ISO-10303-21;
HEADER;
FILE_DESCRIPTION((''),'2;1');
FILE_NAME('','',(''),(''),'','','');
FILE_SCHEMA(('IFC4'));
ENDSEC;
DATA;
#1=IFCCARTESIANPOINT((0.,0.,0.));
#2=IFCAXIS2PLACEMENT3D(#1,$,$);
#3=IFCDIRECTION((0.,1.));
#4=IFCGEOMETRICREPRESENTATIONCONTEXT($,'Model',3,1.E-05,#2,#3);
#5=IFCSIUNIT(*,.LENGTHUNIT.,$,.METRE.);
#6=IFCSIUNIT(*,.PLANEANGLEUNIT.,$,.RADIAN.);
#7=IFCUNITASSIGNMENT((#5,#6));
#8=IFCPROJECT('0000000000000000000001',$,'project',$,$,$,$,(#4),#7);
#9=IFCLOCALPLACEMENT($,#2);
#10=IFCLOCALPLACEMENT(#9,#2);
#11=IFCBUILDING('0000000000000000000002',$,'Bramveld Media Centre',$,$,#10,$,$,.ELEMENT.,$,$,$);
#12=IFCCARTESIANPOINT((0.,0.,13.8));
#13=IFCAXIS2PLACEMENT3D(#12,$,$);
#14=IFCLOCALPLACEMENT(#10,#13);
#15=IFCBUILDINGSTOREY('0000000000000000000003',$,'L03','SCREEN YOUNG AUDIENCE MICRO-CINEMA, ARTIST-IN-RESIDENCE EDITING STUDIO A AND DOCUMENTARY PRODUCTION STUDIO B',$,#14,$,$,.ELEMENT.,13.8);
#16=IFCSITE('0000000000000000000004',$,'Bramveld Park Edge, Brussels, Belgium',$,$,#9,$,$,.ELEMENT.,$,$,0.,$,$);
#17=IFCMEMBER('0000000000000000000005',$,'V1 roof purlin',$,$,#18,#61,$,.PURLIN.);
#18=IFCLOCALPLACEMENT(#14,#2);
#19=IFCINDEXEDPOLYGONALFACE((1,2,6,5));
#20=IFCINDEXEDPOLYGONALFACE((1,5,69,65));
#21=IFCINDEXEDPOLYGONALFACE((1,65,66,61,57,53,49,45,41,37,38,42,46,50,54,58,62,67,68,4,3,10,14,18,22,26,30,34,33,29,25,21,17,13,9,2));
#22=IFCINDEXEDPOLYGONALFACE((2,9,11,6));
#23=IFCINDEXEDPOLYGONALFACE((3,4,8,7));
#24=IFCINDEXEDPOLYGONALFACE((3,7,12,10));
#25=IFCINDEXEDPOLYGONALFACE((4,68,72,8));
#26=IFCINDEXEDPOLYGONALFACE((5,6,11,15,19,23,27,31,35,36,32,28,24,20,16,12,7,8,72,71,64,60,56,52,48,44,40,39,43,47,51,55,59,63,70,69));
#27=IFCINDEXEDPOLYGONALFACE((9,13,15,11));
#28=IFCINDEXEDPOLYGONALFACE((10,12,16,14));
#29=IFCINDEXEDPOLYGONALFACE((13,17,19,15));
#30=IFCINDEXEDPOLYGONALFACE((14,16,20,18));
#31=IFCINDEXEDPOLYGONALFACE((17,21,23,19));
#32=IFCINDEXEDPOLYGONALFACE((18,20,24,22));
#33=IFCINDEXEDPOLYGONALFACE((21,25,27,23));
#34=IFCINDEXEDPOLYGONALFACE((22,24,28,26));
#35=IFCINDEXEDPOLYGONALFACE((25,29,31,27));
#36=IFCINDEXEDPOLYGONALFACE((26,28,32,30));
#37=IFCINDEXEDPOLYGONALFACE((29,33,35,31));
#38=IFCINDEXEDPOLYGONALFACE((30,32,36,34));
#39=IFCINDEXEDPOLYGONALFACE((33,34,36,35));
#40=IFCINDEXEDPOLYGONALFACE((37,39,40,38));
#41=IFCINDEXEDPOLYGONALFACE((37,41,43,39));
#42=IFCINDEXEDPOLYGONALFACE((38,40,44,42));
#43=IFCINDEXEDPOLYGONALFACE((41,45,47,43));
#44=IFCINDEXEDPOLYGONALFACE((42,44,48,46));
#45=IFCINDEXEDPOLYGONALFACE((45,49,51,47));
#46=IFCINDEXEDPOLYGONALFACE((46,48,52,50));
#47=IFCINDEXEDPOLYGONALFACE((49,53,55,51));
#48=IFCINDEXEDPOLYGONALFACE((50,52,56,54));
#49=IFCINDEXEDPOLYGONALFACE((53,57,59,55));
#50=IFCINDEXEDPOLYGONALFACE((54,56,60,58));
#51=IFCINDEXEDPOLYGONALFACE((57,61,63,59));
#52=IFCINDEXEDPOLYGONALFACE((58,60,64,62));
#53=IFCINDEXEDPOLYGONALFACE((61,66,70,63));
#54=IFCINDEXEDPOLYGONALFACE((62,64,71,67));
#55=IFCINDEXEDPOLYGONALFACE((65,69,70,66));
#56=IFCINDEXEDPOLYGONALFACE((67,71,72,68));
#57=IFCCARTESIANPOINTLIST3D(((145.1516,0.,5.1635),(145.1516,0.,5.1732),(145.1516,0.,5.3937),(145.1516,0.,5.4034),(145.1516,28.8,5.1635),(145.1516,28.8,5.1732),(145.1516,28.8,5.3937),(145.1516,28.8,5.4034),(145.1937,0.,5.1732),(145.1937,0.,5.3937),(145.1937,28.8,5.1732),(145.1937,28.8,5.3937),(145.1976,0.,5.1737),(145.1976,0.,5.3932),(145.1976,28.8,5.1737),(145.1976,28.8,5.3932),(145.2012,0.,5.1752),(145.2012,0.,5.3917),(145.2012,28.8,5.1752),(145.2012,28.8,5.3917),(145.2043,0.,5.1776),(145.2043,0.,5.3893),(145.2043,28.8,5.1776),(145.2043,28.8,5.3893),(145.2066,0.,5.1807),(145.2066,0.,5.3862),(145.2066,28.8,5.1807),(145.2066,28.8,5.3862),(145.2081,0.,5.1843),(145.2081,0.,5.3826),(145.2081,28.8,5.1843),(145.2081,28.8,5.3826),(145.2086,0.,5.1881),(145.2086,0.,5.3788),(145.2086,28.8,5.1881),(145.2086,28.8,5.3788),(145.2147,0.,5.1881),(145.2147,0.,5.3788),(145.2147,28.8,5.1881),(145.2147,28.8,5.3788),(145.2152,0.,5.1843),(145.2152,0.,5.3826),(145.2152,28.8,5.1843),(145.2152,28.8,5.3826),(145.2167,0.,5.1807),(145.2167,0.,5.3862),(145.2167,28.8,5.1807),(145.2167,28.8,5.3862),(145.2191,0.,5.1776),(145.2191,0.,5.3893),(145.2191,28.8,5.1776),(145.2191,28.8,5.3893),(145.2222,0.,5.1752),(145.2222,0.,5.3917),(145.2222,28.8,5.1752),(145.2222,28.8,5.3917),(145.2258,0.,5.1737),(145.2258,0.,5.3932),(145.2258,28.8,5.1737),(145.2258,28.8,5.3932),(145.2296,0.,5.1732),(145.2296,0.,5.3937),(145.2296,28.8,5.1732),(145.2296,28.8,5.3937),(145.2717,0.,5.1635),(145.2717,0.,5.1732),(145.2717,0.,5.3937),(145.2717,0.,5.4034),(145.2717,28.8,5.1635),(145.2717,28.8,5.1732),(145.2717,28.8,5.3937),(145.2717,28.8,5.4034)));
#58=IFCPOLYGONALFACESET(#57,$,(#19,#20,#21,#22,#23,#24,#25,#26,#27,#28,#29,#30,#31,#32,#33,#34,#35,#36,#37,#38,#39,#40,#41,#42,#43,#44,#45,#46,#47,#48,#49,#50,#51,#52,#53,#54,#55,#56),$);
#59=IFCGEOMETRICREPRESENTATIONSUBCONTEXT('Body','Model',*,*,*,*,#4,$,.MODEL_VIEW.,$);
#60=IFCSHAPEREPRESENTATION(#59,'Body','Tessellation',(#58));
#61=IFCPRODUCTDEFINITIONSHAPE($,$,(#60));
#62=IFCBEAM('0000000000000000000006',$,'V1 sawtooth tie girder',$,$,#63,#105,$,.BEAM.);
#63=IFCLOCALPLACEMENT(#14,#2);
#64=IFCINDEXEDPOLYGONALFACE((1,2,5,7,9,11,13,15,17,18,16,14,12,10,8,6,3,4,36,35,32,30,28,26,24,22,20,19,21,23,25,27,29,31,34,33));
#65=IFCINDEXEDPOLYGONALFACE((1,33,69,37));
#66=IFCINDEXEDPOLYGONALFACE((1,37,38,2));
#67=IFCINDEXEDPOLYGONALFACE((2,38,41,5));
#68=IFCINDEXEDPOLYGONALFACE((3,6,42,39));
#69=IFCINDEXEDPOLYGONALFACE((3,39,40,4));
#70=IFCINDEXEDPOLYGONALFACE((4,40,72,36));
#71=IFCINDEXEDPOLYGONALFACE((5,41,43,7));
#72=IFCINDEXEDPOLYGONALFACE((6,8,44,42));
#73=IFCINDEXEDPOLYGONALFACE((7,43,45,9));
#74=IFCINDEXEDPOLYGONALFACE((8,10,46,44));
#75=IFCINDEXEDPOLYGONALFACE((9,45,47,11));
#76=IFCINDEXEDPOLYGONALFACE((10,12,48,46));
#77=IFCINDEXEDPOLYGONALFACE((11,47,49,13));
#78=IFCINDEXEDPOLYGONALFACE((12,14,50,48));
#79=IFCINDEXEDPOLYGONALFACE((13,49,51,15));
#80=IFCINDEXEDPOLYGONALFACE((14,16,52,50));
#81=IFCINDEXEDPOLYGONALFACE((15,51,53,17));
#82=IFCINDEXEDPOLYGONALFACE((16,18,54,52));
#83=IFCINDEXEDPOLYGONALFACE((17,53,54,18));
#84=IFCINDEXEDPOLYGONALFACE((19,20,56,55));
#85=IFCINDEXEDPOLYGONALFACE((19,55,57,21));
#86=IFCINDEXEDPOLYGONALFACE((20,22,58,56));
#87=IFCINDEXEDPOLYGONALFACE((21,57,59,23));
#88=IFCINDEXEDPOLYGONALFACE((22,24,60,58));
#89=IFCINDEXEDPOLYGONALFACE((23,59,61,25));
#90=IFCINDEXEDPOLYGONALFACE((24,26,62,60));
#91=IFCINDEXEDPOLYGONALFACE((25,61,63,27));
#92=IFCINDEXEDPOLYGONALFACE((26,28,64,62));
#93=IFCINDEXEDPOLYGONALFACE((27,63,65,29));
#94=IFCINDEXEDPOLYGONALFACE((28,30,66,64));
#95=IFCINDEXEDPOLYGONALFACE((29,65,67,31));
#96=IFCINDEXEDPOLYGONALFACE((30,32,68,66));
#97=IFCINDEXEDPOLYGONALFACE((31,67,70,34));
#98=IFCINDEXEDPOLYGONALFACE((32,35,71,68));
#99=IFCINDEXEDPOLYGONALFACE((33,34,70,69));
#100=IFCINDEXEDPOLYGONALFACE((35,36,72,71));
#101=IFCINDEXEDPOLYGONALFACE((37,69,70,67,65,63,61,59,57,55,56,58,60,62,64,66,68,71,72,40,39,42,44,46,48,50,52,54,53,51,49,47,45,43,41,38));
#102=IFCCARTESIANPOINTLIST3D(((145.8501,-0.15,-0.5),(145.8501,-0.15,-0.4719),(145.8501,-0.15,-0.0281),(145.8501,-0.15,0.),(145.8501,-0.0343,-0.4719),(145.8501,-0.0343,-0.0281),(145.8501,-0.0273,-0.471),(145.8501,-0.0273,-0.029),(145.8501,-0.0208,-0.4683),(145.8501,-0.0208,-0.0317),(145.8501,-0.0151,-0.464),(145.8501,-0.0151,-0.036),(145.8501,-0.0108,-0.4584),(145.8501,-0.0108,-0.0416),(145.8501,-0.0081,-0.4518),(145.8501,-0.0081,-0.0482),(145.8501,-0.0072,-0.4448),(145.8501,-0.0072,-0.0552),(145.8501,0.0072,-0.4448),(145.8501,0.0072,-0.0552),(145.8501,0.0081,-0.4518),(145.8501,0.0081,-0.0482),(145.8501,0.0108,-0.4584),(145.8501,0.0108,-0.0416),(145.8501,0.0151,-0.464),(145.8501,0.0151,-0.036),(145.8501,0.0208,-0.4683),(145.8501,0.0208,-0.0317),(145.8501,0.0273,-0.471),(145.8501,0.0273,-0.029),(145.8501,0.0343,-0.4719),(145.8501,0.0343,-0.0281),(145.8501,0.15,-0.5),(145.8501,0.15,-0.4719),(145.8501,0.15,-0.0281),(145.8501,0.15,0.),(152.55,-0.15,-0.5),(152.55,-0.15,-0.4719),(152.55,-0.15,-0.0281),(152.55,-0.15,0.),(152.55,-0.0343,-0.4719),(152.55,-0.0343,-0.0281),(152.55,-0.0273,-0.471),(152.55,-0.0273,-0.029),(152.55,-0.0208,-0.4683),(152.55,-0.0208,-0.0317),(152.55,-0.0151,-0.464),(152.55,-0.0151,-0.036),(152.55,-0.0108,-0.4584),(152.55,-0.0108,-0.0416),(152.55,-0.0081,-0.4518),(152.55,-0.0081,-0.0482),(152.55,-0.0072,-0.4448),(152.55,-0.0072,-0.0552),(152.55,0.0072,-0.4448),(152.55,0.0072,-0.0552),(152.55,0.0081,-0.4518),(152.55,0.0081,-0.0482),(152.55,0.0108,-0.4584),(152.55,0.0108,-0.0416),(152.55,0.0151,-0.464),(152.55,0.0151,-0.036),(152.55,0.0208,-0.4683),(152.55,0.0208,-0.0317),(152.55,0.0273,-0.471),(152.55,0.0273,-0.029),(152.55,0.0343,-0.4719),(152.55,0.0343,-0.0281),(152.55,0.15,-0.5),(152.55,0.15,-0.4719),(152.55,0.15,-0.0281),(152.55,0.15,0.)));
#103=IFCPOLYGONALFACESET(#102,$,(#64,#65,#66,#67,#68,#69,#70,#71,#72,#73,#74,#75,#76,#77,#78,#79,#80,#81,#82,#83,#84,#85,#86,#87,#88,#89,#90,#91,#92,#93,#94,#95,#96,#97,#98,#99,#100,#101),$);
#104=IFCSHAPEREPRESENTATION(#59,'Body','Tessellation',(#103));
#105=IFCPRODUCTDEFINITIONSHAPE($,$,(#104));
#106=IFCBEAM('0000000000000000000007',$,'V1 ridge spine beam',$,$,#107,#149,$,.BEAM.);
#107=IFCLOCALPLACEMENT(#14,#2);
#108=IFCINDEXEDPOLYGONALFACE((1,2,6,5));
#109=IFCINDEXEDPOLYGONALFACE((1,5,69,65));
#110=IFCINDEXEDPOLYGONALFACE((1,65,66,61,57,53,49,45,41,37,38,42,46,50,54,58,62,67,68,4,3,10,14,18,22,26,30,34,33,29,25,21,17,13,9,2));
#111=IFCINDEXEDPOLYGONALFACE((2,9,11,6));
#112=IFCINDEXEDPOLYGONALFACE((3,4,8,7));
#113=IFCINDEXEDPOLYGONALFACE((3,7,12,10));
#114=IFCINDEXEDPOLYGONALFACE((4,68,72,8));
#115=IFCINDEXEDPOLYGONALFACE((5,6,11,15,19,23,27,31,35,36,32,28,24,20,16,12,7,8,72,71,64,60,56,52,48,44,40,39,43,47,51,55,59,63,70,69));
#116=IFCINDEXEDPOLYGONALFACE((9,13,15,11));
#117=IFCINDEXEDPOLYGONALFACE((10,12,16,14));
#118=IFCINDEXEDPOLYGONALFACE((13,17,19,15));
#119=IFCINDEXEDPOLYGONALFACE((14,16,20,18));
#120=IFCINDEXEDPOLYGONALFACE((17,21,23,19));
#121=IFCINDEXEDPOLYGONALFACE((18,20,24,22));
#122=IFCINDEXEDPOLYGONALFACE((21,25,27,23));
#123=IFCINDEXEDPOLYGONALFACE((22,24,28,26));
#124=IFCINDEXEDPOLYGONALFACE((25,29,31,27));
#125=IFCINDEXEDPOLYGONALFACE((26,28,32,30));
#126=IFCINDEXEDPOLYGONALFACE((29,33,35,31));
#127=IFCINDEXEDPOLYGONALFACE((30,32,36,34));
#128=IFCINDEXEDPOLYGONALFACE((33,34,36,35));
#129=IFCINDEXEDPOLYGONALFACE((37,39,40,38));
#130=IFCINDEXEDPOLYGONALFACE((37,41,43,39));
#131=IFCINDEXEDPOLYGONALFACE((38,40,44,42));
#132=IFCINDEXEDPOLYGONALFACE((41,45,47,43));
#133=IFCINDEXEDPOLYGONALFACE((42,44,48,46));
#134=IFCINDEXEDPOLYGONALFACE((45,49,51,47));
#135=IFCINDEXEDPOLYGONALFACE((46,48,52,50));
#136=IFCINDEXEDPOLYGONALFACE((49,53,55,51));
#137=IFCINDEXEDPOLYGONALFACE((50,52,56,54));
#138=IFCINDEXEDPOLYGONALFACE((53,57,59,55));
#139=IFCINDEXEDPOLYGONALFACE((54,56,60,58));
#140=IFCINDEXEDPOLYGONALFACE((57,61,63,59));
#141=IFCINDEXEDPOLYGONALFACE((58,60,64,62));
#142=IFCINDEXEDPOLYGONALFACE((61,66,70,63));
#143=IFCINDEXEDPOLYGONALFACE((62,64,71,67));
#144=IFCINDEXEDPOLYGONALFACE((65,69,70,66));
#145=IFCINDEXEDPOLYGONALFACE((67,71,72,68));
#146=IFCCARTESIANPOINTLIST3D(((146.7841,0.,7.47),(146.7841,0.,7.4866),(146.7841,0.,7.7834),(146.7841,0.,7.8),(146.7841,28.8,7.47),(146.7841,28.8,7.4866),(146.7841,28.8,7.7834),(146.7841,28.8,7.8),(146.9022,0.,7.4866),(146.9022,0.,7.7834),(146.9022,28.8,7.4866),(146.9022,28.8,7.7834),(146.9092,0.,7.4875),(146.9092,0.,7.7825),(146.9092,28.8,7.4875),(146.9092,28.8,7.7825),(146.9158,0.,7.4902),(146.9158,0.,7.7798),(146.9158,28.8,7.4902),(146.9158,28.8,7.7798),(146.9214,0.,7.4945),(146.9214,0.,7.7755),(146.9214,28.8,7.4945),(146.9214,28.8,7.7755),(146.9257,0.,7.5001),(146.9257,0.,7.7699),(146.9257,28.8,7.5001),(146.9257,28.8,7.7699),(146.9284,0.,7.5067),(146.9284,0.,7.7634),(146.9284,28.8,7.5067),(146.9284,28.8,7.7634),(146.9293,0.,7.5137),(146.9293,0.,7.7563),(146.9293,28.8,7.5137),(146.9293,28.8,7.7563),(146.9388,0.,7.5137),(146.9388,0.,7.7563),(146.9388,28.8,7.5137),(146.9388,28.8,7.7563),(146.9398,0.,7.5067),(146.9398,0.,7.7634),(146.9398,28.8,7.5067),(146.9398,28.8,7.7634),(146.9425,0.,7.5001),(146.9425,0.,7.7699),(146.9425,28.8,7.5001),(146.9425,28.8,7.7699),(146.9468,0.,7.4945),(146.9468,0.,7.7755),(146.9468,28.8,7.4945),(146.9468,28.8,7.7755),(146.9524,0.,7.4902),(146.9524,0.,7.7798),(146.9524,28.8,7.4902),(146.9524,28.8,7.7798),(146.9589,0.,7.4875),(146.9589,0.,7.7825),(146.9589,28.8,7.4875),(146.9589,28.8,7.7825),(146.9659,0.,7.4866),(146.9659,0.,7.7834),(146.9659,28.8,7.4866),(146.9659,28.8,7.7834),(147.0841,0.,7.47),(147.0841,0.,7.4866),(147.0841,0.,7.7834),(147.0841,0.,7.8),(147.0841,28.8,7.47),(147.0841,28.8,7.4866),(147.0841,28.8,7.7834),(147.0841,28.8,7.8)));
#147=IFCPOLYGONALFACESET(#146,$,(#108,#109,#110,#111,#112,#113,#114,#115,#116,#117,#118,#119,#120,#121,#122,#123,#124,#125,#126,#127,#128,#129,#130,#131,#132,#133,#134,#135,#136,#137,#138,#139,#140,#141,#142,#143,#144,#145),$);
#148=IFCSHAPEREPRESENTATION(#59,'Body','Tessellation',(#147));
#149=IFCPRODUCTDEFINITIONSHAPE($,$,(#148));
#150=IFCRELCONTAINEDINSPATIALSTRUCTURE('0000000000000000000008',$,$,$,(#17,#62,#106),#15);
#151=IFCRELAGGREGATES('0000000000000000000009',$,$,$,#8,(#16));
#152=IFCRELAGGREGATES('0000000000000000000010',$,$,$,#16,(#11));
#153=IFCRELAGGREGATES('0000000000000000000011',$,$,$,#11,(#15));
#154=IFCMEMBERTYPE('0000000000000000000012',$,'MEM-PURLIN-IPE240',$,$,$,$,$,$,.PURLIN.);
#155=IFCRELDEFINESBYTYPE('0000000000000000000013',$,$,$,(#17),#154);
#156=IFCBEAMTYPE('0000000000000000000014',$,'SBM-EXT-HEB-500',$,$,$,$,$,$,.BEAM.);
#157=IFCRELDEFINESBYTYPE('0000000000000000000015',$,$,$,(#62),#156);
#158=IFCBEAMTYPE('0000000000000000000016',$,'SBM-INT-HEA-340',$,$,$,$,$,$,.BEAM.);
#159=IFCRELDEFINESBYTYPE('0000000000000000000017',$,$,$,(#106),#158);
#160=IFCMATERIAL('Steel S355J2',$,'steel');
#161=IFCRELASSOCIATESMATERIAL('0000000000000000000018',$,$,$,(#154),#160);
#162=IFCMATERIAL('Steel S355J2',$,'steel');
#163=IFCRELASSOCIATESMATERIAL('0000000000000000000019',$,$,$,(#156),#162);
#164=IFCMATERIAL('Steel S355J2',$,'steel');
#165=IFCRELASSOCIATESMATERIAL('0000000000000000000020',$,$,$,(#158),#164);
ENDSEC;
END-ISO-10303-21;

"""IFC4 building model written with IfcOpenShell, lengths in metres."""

from ifc_helpers import new_model, si_unit, direction, frame, origin, origin_2d, place, context, subcontext, project, spatial, i_section, extrude, material, material_profile, profile_set, type_object, element, save


model = new_model("IFC4")

# Units and contexts
model_context = context("Model", 3, precision=1e-05, world=origin(), true_north=direction((0.0, 1.0)))
body_context = subcontext(model_context, "Body", "Model", "MODEL_VIEW")
ifc_project = project(units=[si_unit("LENGTHUNIT", "METRE"), si_unit("PLANEANGLEUNIT", "RADIAN")], contexts=[model_context])

# Site, building, storey
site_placement = place(None, origin())
site = spatial("IfcSite", under=ifc_project, at=site_placement, Name="Bramveld Park Edge, Brussels, Belgium", CompositionType="ELEMENT", RefElevation=0.0)
building_placement = place(site_placement, origin())
building = spatial("IfcBuilding", under=site, at=building_placement, Name="Bramveld Media Centre", CompositionType="ELEMENT")
storey_placement = place(building_placement, frame((0.0, 0.0, 13.8)))
storey = spatial("IfcBuildingStorey", under=building, at=storey_placement, Name="L03", Description="SCREEN YOUNG AUDIENCE MICRO-CINEMA, ARTIST-IN-RESIDENCE EDITING STUDIO A AND DOCUMENTARY PRODUCTION STUDIO B", CompositionType="ELEMENT", Elevation=13.8)

# Member
ifc_material_1 = material(Name="Steel S355J2", Category="steel")
ifc_material_profile_1 = material_profile(ifc_material_1, i_section(OverallWidth=0.1201, OverallDepth=0.24, WebThickness=0.0061, FlangeThickness=0.0098, FilletRadius=0.0149, at=origin_2d()), Name="IPE 240")
ifc_profile_set_1 = profile_set([ifc_material_profile_1], Name="Steel S355J2")
member_type_1 = type_object("IfcMemberType", Name="MEM-PURLIN-IPE240", PredefinedType="PURLIN", material=ifc_profile_set_1)
member_1_placement = place(storey_placement, frame((145.2117, 0.0, 5.2834), z_axis=(0.0, 1.0, 0.0), x_axis=(-1.0, 0.0, 0.0)))
element("IfcMember", 1, at=member_1_placement, inside=storey, type_object=member_type_1, Name="V1 roof purlin", PredefinedType="PURLIN", context=body_context, shape_type="SweptSolid", body=[
    extrude(i_section(OverallWidth=0.1201, OverallDepth=0.24, WebThickness=0.0061, FlangeThickness=0.0098, FilletRadius=0.0149, at=origin_2d()), origin(), (0.0, 0.0, 1.0), 28.8),
])

# Beams
ifc_material_2 = material(Name="Steel S355J2", Category="steel")
ifc_material_profile_2 = material_profile(ifc_material_2, i_section(OverallWidth=0.3, OverallDepth=0.5, WebThickness=0.0144, FlangeThickness=0.0281, FilletRadius=0.0271, at=origin_2d()), Name="HEB 500")
ifc_profile_set_2 = profile_set([ifc_material_profile_2], Name="Steel S355J2")
beam_type_1 = type_object("IfcBeamType", Name="SBM-EXT-HEB-500", PredefinedType="BEAM", material=ifc_profile_set_2)
beam_1_placement = place(storey_placement, frame((145.8501, 0.0, -0.25), z_axis=(1.0, 0.0, 0.0), x_axis=(0.0, 1.0, 0.0)))
element("IfcBeam", 2, at=beam_1_placement, inside=storey, type_object=beam_type_1, Name="V1 sawtooth tie girder", PredefinedType="BEAM", context=body_context, shape_type="SweptSolid", body=[
    extrude(i_section(OverallWidth=0.3, OverallDepth=0.5, WebThickness=0.0144, FlangeThickness=0.0281, FilletRadius=0.0271, at=origin_2d()), origin(), (0.0, 0.0, 1.0), 6.7),
])
ifc_material_3 = material(Name="Steel S355J2", Category="steel")
ifc_material_profile_3 = material_profile(ifc_material_3, i_section(OverallWidth=0.3, OverallDepth=0.3301, WebThickness=0.0095, FlangeThickness=0.0166, FilletRadius=0.0271, at=origin_2d()), Name="HEA 340")
ifc_profile_set_3 = profile_set([ifc_material_profile_3], Name="Steel S355J2")
beam_type_2 = type_object("IfcBeamType", Name="SBM-INT-HEA-340", PredefinedType="BEAM", material=ifc_profile_set_3)
beam_2_placement = place(storey_placement, frame((146.9341, 0.0, 7.635), z_axis=(0.0, 1.0, 0.0), x_axis=(-1.0, 0.0, 0.0)))
element("IfcBeam", 3, at=beam_2_placement, inside=storey, type_object=beam_type_2, Name="V1 ridge spine beam", PredefinedType="BEAM", context=body_context, shape_type="SweptSolid", body=[
    extrude(i_section(OverallWidth=0.3, OverallDepth=0.3301, WebThickness=0.0095, FlangeThickness=0.0166, FilletRadius=0.0271, at=origin_2d()), origin(), (0.0, 0.0, 1.0), 28.8),
])

save(model, "model.ifc")
